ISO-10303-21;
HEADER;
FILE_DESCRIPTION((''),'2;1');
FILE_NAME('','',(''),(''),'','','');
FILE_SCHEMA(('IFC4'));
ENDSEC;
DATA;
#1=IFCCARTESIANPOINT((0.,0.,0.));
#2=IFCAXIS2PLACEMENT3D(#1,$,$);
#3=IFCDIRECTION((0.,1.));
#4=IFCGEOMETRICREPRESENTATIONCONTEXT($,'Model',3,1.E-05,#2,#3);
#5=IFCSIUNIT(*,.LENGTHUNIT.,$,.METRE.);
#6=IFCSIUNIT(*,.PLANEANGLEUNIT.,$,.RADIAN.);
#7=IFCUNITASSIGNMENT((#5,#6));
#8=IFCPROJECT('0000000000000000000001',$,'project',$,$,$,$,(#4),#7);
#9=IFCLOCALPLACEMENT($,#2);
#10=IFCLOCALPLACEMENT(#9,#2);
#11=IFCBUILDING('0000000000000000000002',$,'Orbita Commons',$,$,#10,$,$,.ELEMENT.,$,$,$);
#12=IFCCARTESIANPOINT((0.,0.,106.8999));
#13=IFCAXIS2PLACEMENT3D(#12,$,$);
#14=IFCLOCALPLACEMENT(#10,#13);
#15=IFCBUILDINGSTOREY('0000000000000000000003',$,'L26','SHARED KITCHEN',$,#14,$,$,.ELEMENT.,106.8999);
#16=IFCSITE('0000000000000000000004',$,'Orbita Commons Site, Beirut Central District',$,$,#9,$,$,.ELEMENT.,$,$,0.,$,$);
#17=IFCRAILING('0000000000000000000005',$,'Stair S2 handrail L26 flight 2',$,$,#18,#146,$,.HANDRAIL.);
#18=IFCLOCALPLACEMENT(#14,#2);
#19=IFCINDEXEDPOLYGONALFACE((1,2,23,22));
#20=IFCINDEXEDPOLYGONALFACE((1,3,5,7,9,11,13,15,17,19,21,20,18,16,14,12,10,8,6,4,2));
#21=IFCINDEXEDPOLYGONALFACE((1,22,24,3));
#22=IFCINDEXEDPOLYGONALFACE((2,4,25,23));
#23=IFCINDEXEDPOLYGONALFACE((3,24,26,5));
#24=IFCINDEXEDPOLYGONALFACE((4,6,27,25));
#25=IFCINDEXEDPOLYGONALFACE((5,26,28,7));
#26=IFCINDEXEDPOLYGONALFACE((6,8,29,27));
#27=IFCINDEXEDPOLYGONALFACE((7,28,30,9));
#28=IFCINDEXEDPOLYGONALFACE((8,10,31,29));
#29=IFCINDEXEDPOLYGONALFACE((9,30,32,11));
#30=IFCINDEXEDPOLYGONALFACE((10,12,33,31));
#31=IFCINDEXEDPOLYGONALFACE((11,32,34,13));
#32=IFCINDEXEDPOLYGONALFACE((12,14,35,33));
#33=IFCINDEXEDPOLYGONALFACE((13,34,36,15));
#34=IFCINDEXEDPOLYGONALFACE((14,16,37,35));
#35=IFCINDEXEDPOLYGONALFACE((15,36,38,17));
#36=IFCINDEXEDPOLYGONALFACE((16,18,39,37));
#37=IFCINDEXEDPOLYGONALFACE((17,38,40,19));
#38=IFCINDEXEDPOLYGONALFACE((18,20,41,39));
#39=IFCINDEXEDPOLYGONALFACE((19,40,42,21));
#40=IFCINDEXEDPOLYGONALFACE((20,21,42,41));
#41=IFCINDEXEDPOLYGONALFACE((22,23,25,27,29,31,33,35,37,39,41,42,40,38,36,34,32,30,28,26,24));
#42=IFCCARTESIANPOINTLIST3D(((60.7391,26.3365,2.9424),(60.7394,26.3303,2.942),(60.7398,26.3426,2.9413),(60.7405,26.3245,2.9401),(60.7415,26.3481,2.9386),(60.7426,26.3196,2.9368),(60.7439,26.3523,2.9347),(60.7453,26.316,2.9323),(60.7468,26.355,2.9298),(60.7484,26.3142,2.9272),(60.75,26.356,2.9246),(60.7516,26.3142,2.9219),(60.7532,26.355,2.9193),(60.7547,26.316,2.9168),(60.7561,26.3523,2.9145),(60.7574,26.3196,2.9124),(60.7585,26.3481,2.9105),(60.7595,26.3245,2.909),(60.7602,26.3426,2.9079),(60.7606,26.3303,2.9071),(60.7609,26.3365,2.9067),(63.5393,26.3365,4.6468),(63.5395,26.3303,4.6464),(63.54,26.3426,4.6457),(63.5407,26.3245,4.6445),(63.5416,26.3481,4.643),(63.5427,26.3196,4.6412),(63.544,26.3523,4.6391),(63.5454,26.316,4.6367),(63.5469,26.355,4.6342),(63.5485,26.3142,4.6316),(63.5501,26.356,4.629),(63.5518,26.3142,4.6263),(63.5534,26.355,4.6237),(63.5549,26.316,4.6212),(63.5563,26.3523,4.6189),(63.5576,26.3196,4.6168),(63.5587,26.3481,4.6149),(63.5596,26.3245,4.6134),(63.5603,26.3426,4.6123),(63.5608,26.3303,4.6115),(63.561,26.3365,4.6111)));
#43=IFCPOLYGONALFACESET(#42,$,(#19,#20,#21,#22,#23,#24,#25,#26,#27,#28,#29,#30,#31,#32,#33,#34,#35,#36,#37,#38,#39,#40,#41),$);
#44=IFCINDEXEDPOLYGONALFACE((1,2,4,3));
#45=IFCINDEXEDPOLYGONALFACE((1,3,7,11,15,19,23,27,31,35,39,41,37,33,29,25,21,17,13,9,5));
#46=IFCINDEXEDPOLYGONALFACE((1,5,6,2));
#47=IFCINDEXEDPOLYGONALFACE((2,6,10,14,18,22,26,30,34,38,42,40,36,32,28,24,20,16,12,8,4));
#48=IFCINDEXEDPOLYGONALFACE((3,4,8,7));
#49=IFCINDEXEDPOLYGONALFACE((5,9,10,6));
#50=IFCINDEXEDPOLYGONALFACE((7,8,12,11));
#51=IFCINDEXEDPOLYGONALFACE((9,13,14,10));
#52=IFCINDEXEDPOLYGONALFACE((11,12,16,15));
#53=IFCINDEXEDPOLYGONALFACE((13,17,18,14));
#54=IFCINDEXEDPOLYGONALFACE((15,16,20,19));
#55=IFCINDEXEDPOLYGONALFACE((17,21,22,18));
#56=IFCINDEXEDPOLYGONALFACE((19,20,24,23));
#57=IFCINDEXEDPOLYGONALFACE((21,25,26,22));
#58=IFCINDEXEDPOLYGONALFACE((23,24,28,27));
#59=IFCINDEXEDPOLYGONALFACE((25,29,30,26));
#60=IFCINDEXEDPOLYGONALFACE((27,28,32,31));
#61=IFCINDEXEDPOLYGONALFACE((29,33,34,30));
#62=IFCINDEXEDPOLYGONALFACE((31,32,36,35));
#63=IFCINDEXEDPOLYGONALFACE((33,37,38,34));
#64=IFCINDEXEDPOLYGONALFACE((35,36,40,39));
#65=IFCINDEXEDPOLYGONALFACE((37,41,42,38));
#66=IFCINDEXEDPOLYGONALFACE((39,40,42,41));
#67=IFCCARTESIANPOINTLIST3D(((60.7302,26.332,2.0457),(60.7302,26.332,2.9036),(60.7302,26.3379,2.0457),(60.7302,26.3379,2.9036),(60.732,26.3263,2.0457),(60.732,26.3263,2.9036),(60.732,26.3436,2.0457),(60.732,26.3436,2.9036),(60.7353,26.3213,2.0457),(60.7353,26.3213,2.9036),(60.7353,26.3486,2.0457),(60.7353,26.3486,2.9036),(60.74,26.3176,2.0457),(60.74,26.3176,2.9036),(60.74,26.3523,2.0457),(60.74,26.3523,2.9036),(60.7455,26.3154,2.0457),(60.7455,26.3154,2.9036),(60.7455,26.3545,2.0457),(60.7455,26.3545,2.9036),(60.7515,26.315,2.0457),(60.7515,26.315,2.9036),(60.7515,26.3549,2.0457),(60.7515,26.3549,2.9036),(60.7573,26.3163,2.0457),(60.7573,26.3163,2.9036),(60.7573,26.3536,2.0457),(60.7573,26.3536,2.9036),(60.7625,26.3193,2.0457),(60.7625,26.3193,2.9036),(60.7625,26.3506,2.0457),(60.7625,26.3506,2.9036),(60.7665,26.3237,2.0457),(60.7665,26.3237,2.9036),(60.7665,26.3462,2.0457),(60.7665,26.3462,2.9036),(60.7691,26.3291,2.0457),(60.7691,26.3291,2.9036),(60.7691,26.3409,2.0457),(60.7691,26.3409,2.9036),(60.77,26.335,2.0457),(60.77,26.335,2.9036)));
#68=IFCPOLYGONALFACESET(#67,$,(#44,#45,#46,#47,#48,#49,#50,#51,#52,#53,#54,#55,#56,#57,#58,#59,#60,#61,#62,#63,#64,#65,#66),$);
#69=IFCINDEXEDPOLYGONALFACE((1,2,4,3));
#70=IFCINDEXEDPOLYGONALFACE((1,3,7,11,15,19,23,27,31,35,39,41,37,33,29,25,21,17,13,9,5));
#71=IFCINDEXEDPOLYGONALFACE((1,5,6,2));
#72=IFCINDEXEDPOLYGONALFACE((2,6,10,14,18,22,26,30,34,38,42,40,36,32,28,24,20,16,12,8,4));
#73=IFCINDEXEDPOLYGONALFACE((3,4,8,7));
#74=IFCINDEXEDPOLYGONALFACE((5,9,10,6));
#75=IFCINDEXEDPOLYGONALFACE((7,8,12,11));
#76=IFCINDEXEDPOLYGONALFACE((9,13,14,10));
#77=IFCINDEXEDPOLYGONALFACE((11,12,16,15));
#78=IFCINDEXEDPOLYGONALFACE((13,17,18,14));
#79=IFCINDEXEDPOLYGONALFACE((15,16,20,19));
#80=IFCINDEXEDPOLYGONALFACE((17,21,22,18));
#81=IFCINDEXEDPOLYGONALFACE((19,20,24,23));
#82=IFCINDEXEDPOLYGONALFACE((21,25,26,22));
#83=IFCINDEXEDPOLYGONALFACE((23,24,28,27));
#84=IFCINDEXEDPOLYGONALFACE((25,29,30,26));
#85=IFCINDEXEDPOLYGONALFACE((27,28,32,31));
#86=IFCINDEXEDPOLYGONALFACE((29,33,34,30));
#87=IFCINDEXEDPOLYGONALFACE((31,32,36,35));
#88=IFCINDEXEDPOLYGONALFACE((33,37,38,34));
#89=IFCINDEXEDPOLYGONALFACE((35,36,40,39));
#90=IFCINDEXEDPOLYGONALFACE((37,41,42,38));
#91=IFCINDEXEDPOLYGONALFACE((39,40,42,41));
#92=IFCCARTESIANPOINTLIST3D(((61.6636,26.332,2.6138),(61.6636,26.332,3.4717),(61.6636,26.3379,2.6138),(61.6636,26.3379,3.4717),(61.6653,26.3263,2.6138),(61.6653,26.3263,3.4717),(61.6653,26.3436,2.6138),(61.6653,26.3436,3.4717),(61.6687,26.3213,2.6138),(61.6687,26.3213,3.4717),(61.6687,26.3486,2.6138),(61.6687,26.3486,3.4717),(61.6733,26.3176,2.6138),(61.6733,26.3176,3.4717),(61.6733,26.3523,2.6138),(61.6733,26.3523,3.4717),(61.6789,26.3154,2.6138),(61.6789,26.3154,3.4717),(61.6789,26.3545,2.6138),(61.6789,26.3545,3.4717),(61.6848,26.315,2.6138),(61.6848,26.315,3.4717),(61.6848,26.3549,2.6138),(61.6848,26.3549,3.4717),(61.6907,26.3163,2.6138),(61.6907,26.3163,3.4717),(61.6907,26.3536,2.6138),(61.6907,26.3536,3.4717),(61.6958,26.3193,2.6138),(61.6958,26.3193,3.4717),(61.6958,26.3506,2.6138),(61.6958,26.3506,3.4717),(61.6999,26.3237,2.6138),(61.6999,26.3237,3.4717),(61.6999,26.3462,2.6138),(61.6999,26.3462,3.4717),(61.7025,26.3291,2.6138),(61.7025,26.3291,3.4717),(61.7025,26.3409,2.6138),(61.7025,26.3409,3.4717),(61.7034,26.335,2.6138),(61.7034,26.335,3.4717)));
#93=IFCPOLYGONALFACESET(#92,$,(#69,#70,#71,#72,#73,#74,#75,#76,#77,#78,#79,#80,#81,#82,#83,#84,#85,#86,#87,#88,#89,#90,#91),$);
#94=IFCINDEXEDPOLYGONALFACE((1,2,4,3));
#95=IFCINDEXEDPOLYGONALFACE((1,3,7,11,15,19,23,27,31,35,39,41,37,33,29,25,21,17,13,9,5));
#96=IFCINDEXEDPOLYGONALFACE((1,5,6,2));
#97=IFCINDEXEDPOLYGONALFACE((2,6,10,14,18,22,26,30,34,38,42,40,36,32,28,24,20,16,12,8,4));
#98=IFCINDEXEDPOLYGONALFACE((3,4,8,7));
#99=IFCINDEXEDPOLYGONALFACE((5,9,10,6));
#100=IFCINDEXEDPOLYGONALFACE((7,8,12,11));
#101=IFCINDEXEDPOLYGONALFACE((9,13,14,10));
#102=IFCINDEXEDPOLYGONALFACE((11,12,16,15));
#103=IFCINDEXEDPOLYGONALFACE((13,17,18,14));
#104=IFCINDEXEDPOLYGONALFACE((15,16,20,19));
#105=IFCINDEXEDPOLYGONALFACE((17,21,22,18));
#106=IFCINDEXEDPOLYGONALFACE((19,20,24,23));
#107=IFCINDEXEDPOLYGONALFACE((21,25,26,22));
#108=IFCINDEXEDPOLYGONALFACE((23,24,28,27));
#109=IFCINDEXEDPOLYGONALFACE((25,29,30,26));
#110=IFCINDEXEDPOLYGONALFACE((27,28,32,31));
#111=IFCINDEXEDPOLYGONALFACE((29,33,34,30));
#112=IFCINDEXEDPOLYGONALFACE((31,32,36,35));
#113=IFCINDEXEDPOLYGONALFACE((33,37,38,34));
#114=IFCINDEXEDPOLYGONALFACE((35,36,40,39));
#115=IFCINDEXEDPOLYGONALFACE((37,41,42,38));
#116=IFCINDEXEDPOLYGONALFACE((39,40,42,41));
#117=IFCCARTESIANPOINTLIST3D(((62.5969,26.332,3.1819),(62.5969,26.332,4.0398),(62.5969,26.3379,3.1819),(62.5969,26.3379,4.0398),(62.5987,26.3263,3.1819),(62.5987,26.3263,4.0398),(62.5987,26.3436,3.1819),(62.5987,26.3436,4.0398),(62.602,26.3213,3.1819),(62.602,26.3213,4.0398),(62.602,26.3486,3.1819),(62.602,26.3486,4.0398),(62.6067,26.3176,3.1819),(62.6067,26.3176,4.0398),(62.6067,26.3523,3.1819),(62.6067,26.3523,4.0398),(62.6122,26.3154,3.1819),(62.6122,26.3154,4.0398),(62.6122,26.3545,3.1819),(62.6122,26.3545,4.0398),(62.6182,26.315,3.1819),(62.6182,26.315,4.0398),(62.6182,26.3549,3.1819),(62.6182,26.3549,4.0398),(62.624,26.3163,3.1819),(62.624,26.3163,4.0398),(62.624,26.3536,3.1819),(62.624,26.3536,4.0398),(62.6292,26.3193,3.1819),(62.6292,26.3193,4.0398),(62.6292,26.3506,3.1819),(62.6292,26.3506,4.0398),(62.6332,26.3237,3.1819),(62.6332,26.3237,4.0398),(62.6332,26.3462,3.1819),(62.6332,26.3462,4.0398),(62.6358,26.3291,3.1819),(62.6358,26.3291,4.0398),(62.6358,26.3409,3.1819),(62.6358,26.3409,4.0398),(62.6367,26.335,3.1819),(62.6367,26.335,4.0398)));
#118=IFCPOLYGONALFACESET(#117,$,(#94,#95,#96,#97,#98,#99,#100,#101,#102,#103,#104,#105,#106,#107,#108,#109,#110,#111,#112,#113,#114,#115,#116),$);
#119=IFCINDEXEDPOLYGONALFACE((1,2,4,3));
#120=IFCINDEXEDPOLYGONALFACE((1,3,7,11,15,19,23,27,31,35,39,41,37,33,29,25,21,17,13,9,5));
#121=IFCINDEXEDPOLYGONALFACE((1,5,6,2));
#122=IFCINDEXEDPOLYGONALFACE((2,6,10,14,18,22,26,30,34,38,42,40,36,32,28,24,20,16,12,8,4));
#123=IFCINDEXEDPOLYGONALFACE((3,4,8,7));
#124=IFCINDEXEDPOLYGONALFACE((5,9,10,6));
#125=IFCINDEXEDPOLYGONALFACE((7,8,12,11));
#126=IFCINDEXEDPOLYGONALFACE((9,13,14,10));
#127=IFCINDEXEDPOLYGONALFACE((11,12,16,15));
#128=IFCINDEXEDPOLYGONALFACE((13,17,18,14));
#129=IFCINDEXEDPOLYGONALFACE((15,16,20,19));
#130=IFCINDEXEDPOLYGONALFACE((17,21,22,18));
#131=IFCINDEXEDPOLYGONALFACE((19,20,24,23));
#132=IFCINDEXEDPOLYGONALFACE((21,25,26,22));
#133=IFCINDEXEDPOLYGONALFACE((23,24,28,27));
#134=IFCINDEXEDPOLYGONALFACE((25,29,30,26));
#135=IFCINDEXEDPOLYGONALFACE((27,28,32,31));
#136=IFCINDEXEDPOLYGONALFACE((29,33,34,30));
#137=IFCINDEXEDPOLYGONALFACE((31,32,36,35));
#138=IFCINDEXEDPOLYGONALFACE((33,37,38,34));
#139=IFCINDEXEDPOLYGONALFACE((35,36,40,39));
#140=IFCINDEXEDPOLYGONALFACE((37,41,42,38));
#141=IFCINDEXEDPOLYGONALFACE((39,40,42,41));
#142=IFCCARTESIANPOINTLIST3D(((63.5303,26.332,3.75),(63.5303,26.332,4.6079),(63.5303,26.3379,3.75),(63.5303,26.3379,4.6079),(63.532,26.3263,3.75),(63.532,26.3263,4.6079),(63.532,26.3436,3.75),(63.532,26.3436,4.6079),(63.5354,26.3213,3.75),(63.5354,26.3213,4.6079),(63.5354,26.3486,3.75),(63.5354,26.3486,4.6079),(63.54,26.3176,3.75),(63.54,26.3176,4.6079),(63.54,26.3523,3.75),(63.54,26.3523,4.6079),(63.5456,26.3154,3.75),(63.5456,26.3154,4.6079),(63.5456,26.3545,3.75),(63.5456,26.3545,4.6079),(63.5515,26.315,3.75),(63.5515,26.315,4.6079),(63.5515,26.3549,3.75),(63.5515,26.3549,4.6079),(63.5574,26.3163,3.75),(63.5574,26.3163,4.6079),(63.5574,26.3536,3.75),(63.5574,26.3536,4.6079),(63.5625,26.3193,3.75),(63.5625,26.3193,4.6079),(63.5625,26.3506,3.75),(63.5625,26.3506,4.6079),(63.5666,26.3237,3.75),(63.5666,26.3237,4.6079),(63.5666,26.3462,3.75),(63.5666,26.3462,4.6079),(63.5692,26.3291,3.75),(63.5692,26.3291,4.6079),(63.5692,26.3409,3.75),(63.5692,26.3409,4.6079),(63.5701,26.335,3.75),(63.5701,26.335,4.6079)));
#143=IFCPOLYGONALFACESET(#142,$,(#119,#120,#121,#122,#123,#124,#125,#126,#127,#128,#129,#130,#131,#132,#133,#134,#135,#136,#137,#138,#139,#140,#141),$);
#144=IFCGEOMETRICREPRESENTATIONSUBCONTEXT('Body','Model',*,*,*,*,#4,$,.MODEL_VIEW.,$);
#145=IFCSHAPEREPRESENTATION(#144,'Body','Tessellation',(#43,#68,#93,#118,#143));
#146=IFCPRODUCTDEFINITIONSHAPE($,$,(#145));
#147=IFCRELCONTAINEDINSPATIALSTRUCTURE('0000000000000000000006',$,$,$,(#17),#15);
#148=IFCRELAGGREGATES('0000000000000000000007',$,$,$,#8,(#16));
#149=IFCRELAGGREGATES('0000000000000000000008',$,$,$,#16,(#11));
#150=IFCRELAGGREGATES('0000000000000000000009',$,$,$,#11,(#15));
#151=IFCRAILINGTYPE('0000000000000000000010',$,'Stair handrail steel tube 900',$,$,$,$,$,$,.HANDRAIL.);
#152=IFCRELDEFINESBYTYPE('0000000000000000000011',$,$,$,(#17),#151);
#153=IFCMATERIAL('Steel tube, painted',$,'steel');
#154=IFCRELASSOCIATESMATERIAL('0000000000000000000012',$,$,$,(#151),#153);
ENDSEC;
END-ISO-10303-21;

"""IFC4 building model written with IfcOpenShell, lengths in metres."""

from ifc_helpers import new_model, si_unit, direction, frame, origin, origin_2d, place, context, subcontext, project, spatial, circle, extrude, material, type_object, element, save


model = new_model("IFC4")

# Units and contexts
model_context = context("Model", 3, precision=1e-05, world=origin(), true_north=direction((0.0, 1.0)))
body_context = subcontext(model_context, "Body", "Model", "MODEL_VIEW")
ifc_project = project(units=[si_unit("LENGTHUNIT", "METRE"), si_unit("PLANEANGLEUNIT", "RADIAN")], contexts=[model_context])

# Site, building, storey
site_placement = place(None, origin())
site = spatial("IfcSite", under=ifc_project, at=site_placement, Name="Orbita Commons Site, Beirut Central District", CompositionType="ELEMENT", RefElevation=0.0)
building_placement = place(site_placement, origin())
building = spatial("IfcBuilding", under=site, at=building_placement, Name="Orbita Commons", CompositionType="ELEMENT")
storey_placement = place(building_placement, frame((0.0, 0.0, 106.8999)))
storey = spatial("IfcBuildingStorey", under=building, at=storey_placement, Name="L26", Description="SHARED KITCHEN", CompositionType="ELEMENT", Elevation=106.8999)

# Railing
ifc_material_1 = material(Name="Steel tube, painted", Category="steel")
railing_type = type_object("IfcRailingType", Name="Stair handrail steel tube 900", PredefinedType="HANDRAIL", material=ifc_material_1)
for number, where, name in (
    (1, (60.75, 26.335, 2.0457), "Stair S2 handrail L26 flight 2"),
):
    element("IfcRailing", number, at=place(storey_placement, frame(where)), inside=storey, type_object=railing_type, Name=name, PredefinedType="HANDRAIL", context=body_context, shape_type="SweptSolid", body=[
        extrude(circle(Radius=0.021, at=origin_2d()), frame((0.0, 0.0, 0.8789), z_axis=(0.854203, 0.0, 0.51994), x_axis=(0.0, 1.0, 0.0)), (0.0, 0.0, 1.0), 3.2781),
        extrude(circle(Radius=0.02, at=origin_2d()), origin(), (0.0, 0.0, 1.0), 0.8579),
        extrude(circle(Radius=0.02, at=origin_2d()), frame((0.9333, 0.0, 0.5681)), (0.0, 0.0, 1.0), 0.8579),
        extrude(circle(Radius=0.02, at=origin_2d()), frame((1.8667, 0.0, 1.1362)), (0.0, 0.0, 1.0), 0.8579),
        extrude(circle(Radius=0.02, at=origin_2d()), frame((2.8, 0.0, 1.7043)), (0.0, 0.0, 1.0), 0.8579),
    ])

save(model, "model.ifc")
